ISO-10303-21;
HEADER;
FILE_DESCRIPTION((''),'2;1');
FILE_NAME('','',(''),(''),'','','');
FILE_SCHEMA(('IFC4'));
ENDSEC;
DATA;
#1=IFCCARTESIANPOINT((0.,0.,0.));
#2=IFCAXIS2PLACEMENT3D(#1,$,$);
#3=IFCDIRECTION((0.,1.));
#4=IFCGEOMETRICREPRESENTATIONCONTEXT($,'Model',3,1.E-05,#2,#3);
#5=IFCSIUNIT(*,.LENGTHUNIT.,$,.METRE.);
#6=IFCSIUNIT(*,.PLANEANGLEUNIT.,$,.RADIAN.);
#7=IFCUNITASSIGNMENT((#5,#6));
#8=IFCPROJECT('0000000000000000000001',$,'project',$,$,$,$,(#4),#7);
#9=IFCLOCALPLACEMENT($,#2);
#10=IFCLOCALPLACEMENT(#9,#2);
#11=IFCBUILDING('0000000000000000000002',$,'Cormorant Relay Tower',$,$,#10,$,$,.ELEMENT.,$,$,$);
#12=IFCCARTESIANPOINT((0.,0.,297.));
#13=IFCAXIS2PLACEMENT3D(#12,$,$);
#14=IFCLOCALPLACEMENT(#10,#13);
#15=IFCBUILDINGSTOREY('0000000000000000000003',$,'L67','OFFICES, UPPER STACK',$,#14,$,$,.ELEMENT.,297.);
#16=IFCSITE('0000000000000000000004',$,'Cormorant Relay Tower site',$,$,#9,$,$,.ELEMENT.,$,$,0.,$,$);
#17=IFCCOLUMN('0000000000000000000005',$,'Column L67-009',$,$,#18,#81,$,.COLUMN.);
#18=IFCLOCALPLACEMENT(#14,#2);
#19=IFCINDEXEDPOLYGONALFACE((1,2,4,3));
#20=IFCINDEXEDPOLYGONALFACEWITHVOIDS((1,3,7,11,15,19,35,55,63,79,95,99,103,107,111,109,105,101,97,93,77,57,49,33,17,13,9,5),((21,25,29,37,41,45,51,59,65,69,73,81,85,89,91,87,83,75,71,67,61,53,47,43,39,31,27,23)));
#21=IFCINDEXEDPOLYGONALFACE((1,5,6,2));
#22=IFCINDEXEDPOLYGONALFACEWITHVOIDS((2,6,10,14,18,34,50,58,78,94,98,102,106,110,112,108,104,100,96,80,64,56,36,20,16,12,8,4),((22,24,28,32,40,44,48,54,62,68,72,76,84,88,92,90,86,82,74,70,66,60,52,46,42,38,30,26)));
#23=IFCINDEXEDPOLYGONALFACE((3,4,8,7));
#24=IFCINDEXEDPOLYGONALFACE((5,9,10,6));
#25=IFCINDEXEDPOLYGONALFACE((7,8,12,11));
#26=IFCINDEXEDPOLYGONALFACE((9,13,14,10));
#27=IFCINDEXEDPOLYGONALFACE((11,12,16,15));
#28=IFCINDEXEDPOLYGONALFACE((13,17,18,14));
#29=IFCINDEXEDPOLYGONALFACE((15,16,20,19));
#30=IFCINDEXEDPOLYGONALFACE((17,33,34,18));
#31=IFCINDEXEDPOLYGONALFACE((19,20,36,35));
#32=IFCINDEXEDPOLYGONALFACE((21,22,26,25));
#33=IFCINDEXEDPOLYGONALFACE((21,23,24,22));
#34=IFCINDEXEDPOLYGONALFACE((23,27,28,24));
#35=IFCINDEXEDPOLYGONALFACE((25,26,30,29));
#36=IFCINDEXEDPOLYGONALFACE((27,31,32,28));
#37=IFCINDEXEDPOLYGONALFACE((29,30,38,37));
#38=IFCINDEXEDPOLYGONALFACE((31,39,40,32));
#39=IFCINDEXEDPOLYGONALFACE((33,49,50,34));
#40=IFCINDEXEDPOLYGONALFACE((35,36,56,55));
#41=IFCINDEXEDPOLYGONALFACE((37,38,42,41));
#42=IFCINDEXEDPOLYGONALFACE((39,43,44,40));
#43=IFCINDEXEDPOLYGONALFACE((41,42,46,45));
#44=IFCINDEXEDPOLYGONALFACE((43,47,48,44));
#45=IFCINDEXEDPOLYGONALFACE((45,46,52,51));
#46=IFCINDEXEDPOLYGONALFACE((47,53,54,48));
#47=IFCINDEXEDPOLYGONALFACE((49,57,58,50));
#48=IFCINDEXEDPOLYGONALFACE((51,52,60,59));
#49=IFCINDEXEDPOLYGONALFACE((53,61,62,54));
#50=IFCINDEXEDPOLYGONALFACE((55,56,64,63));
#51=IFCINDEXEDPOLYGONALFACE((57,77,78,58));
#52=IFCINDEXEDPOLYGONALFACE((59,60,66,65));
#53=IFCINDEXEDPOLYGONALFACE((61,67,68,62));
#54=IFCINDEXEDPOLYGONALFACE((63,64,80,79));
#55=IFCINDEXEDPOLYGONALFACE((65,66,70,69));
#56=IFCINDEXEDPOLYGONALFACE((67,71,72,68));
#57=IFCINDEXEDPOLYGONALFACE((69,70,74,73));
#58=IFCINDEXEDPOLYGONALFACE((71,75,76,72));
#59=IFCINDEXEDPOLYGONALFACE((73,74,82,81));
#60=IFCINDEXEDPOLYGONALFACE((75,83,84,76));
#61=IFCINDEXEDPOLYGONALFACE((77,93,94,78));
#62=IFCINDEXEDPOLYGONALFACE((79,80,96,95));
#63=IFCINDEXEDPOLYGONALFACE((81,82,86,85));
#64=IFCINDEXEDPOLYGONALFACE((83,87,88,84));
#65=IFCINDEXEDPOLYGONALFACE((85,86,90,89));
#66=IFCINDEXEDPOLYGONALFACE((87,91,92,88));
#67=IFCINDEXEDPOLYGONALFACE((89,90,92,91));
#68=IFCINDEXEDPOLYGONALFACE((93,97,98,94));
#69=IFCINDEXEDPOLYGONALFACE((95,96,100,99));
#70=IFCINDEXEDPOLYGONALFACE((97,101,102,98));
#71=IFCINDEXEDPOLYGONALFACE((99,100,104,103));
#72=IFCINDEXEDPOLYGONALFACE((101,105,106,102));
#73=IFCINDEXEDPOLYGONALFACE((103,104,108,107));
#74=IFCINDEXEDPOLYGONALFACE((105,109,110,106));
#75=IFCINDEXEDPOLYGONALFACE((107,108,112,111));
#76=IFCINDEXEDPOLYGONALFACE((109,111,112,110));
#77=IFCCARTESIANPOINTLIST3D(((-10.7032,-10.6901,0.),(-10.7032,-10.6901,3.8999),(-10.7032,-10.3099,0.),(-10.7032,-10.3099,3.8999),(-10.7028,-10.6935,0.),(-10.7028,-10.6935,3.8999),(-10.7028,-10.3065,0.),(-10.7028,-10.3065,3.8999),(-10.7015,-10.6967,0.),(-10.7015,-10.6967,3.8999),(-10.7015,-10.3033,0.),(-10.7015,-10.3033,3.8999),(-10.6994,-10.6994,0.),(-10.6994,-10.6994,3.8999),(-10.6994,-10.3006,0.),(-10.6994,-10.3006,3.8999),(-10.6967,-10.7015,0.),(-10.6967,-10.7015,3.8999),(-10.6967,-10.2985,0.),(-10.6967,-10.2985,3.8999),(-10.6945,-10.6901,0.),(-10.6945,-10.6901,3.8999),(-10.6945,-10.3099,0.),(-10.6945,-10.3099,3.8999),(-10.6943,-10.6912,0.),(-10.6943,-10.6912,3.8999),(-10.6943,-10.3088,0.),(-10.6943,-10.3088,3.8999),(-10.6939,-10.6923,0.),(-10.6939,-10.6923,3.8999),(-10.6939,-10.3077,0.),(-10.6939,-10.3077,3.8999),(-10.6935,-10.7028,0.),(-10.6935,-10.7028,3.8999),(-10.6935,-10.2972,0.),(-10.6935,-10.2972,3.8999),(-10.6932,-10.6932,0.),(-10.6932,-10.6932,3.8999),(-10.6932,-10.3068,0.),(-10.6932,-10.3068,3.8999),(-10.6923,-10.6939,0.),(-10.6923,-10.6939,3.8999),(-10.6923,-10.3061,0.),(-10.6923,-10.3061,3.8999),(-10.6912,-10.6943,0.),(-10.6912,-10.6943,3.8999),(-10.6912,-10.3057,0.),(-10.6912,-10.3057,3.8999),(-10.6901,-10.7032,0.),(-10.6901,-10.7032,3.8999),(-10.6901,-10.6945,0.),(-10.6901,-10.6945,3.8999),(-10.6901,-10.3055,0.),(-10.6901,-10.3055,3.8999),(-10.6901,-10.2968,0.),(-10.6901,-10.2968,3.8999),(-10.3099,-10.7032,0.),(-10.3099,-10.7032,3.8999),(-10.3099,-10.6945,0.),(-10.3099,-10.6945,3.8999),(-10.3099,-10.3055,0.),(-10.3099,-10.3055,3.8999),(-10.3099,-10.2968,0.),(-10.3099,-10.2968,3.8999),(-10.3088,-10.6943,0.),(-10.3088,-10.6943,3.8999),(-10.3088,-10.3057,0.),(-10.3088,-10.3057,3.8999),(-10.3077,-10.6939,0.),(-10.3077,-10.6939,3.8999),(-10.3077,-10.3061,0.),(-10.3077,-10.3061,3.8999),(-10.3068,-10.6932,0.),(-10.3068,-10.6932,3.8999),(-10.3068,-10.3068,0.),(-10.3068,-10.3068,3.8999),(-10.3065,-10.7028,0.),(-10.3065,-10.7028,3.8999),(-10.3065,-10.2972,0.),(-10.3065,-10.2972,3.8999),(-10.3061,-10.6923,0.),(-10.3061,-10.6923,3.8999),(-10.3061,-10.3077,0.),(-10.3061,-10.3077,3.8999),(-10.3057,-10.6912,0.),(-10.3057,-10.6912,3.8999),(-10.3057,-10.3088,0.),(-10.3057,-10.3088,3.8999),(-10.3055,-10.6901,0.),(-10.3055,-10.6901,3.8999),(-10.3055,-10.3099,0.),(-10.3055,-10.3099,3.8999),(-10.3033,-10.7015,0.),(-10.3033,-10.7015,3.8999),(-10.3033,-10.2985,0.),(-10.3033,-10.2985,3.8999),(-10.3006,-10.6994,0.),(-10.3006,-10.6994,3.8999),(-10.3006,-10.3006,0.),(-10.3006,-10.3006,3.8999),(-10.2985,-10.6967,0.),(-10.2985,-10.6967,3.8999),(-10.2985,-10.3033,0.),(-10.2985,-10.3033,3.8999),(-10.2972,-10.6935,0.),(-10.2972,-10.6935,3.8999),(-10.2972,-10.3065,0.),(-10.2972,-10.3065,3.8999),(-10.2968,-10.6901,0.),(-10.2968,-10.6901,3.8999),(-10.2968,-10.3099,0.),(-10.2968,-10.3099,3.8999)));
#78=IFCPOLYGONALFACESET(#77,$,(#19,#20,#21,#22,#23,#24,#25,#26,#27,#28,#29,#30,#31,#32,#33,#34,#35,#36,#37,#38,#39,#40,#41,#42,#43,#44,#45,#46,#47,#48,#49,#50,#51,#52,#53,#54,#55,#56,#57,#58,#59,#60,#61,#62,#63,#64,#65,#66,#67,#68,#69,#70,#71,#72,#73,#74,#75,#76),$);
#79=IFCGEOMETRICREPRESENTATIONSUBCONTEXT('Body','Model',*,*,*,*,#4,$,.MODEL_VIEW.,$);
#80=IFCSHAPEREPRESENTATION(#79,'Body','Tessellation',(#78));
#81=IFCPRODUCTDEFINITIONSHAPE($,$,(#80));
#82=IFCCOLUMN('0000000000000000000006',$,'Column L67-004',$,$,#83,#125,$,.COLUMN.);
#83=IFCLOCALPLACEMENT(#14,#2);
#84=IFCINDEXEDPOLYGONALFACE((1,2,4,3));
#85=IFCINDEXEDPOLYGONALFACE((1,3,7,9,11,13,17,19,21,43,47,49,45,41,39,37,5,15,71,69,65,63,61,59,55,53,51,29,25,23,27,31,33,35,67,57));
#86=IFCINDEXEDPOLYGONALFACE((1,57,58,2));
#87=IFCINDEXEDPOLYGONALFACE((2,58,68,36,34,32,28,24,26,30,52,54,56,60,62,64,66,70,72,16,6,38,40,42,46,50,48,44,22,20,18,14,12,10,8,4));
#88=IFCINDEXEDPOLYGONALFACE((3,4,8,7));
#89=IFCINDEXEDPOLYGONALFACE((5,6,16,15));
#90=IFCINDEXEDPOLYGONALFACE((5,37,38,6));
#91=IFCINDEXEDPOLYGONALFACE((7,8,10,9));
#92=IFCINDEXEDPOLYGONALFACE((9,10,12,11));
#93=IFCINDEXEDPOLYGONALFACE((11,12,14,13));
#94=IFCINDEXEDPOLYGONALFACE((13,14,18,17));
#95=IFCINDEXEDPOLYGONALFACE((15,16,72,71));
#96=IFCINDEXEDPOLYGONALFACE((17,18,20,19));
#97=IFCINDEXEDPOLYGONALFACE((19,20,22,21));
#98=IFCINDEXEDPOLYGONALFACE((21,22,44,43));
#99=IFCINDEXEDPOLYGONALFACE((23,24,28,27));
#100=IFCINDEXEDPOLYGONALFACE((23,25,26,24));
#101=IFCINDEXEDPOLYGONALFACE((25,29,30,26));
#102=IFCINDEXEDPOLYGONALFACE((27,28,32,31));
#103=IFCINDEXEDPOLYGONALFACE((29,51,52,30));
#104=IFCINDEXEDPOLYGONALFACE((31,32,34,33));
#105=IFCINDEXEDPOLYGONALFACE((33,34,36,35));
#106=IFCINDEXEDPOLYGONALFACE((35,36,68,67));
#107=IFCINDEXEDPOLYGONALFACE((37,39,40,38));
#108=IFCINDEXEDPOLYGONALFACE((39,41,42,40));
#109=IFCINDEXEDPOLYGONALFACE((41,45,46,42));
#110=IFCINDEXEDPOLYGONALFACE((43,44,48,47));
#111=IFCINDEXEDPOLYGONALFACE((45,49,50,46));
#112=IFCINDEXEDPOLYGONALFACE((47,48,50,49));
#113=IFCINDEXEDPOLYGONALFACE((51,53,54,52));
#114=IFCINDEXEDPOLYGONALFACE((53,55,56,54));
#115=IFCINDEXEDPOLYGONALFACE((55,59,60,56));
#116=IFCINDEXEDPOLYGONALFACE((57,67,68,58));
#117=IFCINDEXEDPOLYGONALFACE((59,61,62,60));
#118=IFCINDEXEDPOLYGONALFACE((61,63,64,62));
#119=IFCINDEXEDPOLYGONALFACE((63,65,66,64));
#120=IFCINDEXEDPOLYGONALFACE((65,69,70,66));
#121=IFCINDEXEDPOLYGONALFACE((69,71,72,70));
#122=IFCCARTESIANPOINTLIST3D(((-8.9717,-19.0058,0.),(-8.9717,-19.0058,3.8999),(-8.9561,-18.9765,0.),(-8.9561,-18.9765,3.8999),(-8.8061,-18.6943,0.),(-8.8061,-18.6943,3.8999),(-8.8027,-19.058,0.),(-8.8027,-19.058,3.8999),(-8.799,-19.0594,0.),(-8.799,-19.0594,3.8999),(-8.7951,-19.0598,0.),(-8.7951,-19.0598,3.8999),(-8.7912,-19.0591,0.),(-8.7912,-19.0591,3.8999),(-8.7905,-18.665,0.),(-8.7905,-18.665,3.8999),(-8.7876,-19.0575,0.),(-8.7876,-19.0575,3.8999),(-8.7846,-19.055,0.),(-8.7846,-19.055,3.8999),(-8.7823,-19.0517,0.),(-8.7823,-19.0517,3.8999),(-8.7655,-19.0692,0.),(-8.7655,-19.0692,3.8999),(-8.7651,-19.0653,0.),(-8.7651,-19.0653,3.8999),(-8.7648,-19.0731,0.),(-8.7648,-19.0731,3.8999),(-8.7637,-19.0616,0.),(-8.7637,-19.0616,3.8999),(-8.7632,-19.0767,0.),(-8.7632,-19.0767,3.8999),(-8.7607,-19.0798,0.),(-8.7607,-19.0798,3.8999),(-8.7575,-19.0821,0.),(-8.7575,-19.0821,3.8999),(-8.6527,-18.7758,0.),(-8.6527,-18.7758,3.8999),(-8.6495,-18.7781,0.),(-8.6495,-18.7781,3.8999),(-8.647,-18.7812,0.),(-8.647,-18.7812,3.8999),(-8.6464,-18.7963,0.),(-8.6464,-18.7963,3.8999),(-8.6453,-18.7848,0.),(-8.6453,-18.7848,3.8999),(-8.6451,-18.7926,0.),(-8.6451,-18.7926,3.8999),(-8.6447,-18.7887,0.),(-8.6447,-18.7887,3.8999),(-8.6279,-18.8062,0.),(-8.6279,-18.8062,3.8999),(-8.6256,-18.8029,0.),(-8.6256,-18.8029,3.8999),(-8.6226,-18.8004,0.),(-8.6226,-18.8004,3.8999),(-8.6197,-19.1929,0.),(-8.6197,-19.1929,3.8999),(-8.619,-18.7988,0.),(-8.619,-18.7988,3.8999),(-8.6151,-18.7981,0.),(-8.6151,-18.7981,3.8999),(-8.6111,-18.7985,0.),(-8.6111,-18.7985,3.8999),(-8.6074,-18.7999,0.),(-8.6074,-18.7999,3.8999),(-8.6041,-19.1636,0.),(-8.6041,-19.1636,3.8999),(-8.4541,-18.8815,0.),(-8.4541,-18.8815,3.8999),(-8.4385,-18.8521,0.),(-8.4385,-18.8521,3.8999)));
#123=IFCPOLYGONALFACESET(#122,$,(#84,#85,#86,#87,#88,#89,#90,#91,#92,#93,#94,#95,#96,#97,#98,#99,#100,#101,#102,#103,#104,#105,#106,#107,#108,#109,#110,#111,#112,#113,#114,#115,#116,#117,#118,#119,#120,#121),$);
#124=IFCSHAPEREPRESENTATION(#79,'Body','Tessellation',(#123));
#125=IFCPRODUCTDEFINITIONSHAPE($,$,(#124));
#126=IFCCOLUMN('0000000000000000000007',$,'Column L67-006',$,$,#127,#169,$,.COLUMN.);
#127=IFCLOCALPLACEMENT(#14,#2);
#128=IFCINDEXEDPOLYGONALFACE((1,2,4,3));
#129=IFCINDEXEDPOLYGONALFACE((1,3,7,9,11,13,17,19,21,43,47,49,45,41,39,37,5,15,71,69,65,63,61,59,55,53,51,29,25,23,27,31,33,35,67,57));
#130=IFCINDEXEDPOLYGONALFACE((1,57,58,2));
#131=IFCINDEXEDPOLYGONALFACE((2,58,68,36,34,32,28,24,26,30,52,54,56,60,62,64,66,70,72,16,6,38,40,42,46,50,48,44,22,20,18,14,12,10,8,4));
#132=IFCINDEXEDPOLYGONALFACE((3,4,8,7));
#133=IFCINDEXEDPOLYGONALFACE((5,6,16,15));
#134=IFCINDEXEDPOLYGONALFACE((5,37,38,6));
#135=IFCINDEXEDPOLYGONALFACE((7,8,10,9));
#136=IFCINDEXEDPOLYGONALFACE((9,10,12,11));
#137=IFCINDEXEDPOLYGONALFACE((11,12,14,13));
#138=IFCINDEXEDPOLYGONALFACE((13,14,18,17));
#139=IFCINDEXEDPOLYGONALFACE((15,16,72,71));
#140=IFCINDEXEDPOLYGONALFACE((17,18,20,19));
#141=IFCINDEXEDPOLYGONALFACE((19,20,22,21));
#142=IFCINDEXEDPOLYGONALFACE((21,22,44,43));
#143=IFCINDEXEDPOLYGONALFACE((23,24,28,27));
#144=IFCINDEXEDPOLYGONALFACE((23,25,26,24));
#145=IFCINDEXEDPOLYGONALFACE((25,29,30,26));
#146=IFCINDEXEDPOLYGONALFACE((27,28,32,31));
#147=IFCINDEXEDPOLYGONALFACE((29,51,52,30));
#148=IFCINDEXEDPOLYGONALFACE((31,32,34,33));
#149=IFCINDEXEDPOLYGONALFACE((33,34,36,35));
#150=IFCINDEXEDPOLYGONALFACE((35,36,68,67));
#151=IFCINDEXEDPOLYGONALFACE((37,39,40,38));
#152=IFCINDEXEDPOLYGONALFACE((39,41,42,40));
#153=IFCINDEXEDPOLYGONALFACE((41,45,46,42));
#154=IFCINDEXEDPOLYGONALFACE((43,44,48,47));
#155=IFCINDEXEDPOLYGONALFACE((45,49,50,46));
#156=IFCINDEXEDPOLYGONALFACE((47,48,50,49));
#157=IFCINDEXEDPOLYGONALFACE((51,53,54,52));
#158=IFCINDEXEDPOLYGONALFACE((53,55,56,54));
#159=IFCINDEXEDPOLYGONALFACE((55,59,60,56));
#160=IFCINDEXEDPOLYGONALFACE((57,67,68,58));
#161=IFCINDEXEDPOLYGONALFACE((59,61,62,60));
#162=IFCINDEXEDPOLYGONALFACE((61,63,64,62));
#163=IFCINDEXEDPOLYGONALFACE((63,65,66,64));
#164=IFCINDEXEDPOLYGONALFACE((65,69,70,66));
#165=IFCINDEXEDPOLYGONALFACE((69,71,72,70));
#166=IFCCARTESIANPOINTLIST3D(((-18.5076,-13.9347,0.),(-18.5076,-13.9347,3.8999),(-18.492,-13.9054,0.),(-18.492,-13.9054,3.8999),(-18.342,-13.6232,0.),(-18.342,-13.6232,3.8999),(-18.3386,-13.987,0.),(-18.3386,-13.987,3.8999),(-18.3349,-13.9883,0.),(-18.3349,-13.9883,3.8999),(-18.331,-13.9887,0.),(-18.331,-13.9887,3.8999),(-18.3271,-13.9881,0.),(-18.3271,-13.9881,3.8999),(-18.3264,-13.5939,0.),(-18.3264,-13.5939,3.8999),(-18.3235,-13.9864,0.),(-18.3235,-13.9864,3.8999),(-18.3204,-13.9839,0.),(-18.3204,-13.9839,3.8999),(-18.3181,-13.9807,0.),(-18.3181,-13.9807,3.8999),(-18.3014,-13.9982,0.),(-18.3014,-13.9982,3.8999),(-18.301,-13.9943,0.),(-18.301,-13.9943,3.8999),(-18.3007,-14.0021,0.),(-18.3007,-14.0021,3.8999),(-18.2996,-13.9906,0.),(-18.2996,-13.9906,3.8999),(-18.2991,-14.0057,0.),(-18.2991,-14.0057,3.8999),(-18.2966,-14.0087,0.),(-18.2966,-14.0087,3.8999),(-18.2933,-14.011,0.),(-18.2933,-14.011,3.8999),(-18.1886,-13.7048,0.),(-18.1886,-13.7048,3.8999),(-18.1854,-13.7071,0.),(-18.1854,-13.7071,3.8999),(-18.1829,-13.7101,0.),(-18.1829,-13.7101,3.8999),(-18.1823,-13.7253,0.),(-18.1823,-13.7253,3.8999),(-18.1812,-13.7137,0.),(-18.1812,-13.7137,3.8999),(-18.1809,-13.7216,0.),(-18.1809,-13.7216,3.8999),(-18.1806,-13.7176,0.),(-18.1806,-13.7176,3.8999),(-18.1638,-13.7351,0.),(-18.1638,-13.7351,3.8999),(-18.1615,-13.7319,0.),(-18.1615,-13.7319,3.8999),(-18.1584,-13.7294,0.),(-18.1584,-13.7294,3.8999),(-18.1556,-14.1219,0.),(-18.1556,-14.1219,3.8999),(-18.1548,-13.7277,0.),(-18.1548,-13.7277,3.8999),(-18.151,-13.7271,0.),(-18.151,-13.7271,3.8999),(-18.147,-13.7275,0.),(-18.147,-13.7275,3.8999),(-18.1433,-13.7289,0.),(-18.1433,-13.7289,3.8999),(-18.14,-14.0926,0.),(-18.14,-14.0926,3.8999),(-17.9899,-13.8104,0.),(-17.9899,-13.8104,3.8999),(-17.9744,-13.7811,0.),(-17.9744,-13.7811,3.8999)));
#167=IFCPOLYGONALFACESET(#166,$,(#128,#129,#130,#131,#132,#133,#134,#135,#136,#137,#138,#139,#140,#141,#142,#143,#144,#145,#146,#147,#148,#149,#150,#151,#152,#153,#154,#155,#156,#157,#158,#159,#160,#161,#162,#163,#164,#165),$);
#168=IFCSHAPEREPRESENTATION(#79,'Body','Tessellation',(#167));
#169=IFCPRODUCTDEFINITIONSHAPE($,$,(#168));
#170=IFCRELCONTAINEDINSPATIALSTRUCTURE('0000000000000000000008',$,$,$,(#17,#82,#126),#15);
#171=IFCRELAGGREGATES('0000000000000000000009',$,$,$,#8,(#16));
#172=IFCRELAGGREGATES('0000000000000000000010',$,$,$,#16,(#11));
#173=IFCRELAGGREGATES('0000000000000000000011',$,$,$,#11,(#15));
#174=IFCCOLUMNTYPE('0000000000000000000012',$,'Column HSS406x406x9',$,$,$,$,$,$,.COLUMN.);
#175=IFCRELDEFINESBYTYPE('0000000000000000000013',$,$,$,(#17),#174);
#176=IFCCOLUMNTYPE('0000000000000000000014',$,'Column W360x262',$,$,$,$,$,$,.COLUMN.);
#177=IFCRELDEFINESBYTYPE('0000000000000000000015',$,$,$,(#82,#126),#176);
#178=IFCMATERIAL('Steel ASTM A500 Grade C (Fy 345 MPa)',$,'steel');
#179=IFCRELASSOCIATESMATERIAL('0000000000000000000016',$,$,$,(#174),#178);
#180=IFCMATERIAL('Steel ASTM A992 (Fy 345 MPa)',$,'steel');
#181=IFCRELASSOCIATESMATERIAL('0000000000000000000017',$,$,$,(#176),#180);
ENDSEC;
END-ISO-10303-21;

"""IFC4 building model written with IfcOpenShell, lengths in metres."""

from ifc_helpers import new_model, si_unit, direction, frame, origin, origin_2d, place, context, subcontext, project, spatial, hollow_rectangle, i_section, extrude, material, material_profile, profile_set, type_object, element, save


model = new_model("IFC4")

# Units and contexts
model_context = context("Model", 3, precision=1e-05, world=origin(), true_north=direction((0.0, 1.0)))
body_context = subcontext(model_context, "Body", "Model", "MODEL_VIEW")
ifc_project = project(units=[si_unit("LENGTHUNIT", "METRE"), si_unit("PLANEANGLEUNIT", "RADIAN")], contexts=[model_context])

# Site, building, storey
site_placement = place(None, origin())
site = spatial("IfcSite", under=ifc_project, at=site_placement, Name="Cormorant Relay Tower site", CompositionType="ELEMENT", RefElevation=0.0)
building_placement = place(site_placement, origin())
building = spatial("IfcBuilding", under=site, at=building_placement, Name="Cormorant Relay Tower", CompositionType="ELEMENT")
storey_placement = place(building_placement, frame((0.0, 0.0, 297.0)))
storey = spatial("IfcBuildingStorey", under=building, at=storey_placement, Name="L67", Description="OFFICES, UPPER STACK", CompositionType="ELEMENT", Elevation=297.0)

# Columns
ifc_material_1 = material(Name="Steel ASTM A500 Grade C (Fy 345 MPa)", Category="steel")
ifc_material_profile_1 = material_profile(ifc_material_1, hollow_rectangle(XDim=0.4065, YDim=0.4065, WallThickness=0.0088, InnerFilletRadius=0.0044, OuterFilletRadius=0.0132, at=origin_2d()), Name="HSS406x406x9")
ifc_profile_set_1 = profile_set([ifc_material_profile_1], Name="Steel ASTM A500 Grade C (Fy 345 MPa)")
column_type_1 = type_object("IfcColumnType", Name="Column HSS406x406x9", PredefinedType="COLUMN", material=ifc_profile_set_1)
column_placement = place(storey_placement, frame((-10.5, -10.5, 0.0), z_axis=(0.0, 0.0, 1.0), x_axis=(1.0, 0.0, 0.0)))
element("IfcColumn", 1, at=column_placement, inside=storey, type_object=column_type_1, Name="Column L67-009", PredefinedType="COLUMN", context=body_context, shape_type="SweptSolid", body=[
    extrude(hollow_rectangle(XDim=0.4065, YDim=0.4065, WallThickness=0.0088, InnerFilletRadius=0.0044, OuterFilletRadius=0.0132, at=origin_2d()), origin(), (0.0, 0.0, 1.0), 3.8999),
])
ifc_material_2 = material(Name="Steel ASTM A992 (Fy 345 MPa)", Category="steel")
ifc_material_profile_2 = material_profile(ifc_material_2, i_section(OverallWidth=0.3987, OverallDepth=0.386, WebThickness=0.021, FlangeThickness=0.0332, FilletRadius=0.0151, at=origin_2d()), Name="W360x262")
ifc_profile_set_2 = profile_set([ifc_material_profile_2], Name="Steel ASTM A992 (Fy 345 MPa)")
column_type_2 = type_object("IfcColumnType", Name="Column W360x262", PredefinedType="COLUMN", material=ifc_profile_set_2)
for number, where, z_axis, x_axis, name in (
    (2, (-8.7051, -18.929, 0.0), (0.0, 0.0, 1.0), (0.882948, -0.469472, 0.0), "Column L67-004"),
    (3, (-18.241, -13.8579, 0.0), (0.0, 0.0, 1.0), (0.882948, -0.469472, 0.0), "Column L67-006"),
):
    element("IfcColumn", number, at=place(storey_placement, frame(where, z_axis=z_axis, x_axis=x_axis)), inside=storey, type_object=column_type_2, Name=name, PredefinedType="COLUMN", context=body_context, shape_type="SweptSolid", body=[
        extrude(i_section(OverallWidth=0.3987, OverallDepth=0.386, WebThickness=0.021, FlangeThickness=0.0332, FilletRadius=0.0151, at=origin_2d()), origin(), (0.0, 0.0, 1.0), 3.8999),
    ])

save(model, "model.ifc")
